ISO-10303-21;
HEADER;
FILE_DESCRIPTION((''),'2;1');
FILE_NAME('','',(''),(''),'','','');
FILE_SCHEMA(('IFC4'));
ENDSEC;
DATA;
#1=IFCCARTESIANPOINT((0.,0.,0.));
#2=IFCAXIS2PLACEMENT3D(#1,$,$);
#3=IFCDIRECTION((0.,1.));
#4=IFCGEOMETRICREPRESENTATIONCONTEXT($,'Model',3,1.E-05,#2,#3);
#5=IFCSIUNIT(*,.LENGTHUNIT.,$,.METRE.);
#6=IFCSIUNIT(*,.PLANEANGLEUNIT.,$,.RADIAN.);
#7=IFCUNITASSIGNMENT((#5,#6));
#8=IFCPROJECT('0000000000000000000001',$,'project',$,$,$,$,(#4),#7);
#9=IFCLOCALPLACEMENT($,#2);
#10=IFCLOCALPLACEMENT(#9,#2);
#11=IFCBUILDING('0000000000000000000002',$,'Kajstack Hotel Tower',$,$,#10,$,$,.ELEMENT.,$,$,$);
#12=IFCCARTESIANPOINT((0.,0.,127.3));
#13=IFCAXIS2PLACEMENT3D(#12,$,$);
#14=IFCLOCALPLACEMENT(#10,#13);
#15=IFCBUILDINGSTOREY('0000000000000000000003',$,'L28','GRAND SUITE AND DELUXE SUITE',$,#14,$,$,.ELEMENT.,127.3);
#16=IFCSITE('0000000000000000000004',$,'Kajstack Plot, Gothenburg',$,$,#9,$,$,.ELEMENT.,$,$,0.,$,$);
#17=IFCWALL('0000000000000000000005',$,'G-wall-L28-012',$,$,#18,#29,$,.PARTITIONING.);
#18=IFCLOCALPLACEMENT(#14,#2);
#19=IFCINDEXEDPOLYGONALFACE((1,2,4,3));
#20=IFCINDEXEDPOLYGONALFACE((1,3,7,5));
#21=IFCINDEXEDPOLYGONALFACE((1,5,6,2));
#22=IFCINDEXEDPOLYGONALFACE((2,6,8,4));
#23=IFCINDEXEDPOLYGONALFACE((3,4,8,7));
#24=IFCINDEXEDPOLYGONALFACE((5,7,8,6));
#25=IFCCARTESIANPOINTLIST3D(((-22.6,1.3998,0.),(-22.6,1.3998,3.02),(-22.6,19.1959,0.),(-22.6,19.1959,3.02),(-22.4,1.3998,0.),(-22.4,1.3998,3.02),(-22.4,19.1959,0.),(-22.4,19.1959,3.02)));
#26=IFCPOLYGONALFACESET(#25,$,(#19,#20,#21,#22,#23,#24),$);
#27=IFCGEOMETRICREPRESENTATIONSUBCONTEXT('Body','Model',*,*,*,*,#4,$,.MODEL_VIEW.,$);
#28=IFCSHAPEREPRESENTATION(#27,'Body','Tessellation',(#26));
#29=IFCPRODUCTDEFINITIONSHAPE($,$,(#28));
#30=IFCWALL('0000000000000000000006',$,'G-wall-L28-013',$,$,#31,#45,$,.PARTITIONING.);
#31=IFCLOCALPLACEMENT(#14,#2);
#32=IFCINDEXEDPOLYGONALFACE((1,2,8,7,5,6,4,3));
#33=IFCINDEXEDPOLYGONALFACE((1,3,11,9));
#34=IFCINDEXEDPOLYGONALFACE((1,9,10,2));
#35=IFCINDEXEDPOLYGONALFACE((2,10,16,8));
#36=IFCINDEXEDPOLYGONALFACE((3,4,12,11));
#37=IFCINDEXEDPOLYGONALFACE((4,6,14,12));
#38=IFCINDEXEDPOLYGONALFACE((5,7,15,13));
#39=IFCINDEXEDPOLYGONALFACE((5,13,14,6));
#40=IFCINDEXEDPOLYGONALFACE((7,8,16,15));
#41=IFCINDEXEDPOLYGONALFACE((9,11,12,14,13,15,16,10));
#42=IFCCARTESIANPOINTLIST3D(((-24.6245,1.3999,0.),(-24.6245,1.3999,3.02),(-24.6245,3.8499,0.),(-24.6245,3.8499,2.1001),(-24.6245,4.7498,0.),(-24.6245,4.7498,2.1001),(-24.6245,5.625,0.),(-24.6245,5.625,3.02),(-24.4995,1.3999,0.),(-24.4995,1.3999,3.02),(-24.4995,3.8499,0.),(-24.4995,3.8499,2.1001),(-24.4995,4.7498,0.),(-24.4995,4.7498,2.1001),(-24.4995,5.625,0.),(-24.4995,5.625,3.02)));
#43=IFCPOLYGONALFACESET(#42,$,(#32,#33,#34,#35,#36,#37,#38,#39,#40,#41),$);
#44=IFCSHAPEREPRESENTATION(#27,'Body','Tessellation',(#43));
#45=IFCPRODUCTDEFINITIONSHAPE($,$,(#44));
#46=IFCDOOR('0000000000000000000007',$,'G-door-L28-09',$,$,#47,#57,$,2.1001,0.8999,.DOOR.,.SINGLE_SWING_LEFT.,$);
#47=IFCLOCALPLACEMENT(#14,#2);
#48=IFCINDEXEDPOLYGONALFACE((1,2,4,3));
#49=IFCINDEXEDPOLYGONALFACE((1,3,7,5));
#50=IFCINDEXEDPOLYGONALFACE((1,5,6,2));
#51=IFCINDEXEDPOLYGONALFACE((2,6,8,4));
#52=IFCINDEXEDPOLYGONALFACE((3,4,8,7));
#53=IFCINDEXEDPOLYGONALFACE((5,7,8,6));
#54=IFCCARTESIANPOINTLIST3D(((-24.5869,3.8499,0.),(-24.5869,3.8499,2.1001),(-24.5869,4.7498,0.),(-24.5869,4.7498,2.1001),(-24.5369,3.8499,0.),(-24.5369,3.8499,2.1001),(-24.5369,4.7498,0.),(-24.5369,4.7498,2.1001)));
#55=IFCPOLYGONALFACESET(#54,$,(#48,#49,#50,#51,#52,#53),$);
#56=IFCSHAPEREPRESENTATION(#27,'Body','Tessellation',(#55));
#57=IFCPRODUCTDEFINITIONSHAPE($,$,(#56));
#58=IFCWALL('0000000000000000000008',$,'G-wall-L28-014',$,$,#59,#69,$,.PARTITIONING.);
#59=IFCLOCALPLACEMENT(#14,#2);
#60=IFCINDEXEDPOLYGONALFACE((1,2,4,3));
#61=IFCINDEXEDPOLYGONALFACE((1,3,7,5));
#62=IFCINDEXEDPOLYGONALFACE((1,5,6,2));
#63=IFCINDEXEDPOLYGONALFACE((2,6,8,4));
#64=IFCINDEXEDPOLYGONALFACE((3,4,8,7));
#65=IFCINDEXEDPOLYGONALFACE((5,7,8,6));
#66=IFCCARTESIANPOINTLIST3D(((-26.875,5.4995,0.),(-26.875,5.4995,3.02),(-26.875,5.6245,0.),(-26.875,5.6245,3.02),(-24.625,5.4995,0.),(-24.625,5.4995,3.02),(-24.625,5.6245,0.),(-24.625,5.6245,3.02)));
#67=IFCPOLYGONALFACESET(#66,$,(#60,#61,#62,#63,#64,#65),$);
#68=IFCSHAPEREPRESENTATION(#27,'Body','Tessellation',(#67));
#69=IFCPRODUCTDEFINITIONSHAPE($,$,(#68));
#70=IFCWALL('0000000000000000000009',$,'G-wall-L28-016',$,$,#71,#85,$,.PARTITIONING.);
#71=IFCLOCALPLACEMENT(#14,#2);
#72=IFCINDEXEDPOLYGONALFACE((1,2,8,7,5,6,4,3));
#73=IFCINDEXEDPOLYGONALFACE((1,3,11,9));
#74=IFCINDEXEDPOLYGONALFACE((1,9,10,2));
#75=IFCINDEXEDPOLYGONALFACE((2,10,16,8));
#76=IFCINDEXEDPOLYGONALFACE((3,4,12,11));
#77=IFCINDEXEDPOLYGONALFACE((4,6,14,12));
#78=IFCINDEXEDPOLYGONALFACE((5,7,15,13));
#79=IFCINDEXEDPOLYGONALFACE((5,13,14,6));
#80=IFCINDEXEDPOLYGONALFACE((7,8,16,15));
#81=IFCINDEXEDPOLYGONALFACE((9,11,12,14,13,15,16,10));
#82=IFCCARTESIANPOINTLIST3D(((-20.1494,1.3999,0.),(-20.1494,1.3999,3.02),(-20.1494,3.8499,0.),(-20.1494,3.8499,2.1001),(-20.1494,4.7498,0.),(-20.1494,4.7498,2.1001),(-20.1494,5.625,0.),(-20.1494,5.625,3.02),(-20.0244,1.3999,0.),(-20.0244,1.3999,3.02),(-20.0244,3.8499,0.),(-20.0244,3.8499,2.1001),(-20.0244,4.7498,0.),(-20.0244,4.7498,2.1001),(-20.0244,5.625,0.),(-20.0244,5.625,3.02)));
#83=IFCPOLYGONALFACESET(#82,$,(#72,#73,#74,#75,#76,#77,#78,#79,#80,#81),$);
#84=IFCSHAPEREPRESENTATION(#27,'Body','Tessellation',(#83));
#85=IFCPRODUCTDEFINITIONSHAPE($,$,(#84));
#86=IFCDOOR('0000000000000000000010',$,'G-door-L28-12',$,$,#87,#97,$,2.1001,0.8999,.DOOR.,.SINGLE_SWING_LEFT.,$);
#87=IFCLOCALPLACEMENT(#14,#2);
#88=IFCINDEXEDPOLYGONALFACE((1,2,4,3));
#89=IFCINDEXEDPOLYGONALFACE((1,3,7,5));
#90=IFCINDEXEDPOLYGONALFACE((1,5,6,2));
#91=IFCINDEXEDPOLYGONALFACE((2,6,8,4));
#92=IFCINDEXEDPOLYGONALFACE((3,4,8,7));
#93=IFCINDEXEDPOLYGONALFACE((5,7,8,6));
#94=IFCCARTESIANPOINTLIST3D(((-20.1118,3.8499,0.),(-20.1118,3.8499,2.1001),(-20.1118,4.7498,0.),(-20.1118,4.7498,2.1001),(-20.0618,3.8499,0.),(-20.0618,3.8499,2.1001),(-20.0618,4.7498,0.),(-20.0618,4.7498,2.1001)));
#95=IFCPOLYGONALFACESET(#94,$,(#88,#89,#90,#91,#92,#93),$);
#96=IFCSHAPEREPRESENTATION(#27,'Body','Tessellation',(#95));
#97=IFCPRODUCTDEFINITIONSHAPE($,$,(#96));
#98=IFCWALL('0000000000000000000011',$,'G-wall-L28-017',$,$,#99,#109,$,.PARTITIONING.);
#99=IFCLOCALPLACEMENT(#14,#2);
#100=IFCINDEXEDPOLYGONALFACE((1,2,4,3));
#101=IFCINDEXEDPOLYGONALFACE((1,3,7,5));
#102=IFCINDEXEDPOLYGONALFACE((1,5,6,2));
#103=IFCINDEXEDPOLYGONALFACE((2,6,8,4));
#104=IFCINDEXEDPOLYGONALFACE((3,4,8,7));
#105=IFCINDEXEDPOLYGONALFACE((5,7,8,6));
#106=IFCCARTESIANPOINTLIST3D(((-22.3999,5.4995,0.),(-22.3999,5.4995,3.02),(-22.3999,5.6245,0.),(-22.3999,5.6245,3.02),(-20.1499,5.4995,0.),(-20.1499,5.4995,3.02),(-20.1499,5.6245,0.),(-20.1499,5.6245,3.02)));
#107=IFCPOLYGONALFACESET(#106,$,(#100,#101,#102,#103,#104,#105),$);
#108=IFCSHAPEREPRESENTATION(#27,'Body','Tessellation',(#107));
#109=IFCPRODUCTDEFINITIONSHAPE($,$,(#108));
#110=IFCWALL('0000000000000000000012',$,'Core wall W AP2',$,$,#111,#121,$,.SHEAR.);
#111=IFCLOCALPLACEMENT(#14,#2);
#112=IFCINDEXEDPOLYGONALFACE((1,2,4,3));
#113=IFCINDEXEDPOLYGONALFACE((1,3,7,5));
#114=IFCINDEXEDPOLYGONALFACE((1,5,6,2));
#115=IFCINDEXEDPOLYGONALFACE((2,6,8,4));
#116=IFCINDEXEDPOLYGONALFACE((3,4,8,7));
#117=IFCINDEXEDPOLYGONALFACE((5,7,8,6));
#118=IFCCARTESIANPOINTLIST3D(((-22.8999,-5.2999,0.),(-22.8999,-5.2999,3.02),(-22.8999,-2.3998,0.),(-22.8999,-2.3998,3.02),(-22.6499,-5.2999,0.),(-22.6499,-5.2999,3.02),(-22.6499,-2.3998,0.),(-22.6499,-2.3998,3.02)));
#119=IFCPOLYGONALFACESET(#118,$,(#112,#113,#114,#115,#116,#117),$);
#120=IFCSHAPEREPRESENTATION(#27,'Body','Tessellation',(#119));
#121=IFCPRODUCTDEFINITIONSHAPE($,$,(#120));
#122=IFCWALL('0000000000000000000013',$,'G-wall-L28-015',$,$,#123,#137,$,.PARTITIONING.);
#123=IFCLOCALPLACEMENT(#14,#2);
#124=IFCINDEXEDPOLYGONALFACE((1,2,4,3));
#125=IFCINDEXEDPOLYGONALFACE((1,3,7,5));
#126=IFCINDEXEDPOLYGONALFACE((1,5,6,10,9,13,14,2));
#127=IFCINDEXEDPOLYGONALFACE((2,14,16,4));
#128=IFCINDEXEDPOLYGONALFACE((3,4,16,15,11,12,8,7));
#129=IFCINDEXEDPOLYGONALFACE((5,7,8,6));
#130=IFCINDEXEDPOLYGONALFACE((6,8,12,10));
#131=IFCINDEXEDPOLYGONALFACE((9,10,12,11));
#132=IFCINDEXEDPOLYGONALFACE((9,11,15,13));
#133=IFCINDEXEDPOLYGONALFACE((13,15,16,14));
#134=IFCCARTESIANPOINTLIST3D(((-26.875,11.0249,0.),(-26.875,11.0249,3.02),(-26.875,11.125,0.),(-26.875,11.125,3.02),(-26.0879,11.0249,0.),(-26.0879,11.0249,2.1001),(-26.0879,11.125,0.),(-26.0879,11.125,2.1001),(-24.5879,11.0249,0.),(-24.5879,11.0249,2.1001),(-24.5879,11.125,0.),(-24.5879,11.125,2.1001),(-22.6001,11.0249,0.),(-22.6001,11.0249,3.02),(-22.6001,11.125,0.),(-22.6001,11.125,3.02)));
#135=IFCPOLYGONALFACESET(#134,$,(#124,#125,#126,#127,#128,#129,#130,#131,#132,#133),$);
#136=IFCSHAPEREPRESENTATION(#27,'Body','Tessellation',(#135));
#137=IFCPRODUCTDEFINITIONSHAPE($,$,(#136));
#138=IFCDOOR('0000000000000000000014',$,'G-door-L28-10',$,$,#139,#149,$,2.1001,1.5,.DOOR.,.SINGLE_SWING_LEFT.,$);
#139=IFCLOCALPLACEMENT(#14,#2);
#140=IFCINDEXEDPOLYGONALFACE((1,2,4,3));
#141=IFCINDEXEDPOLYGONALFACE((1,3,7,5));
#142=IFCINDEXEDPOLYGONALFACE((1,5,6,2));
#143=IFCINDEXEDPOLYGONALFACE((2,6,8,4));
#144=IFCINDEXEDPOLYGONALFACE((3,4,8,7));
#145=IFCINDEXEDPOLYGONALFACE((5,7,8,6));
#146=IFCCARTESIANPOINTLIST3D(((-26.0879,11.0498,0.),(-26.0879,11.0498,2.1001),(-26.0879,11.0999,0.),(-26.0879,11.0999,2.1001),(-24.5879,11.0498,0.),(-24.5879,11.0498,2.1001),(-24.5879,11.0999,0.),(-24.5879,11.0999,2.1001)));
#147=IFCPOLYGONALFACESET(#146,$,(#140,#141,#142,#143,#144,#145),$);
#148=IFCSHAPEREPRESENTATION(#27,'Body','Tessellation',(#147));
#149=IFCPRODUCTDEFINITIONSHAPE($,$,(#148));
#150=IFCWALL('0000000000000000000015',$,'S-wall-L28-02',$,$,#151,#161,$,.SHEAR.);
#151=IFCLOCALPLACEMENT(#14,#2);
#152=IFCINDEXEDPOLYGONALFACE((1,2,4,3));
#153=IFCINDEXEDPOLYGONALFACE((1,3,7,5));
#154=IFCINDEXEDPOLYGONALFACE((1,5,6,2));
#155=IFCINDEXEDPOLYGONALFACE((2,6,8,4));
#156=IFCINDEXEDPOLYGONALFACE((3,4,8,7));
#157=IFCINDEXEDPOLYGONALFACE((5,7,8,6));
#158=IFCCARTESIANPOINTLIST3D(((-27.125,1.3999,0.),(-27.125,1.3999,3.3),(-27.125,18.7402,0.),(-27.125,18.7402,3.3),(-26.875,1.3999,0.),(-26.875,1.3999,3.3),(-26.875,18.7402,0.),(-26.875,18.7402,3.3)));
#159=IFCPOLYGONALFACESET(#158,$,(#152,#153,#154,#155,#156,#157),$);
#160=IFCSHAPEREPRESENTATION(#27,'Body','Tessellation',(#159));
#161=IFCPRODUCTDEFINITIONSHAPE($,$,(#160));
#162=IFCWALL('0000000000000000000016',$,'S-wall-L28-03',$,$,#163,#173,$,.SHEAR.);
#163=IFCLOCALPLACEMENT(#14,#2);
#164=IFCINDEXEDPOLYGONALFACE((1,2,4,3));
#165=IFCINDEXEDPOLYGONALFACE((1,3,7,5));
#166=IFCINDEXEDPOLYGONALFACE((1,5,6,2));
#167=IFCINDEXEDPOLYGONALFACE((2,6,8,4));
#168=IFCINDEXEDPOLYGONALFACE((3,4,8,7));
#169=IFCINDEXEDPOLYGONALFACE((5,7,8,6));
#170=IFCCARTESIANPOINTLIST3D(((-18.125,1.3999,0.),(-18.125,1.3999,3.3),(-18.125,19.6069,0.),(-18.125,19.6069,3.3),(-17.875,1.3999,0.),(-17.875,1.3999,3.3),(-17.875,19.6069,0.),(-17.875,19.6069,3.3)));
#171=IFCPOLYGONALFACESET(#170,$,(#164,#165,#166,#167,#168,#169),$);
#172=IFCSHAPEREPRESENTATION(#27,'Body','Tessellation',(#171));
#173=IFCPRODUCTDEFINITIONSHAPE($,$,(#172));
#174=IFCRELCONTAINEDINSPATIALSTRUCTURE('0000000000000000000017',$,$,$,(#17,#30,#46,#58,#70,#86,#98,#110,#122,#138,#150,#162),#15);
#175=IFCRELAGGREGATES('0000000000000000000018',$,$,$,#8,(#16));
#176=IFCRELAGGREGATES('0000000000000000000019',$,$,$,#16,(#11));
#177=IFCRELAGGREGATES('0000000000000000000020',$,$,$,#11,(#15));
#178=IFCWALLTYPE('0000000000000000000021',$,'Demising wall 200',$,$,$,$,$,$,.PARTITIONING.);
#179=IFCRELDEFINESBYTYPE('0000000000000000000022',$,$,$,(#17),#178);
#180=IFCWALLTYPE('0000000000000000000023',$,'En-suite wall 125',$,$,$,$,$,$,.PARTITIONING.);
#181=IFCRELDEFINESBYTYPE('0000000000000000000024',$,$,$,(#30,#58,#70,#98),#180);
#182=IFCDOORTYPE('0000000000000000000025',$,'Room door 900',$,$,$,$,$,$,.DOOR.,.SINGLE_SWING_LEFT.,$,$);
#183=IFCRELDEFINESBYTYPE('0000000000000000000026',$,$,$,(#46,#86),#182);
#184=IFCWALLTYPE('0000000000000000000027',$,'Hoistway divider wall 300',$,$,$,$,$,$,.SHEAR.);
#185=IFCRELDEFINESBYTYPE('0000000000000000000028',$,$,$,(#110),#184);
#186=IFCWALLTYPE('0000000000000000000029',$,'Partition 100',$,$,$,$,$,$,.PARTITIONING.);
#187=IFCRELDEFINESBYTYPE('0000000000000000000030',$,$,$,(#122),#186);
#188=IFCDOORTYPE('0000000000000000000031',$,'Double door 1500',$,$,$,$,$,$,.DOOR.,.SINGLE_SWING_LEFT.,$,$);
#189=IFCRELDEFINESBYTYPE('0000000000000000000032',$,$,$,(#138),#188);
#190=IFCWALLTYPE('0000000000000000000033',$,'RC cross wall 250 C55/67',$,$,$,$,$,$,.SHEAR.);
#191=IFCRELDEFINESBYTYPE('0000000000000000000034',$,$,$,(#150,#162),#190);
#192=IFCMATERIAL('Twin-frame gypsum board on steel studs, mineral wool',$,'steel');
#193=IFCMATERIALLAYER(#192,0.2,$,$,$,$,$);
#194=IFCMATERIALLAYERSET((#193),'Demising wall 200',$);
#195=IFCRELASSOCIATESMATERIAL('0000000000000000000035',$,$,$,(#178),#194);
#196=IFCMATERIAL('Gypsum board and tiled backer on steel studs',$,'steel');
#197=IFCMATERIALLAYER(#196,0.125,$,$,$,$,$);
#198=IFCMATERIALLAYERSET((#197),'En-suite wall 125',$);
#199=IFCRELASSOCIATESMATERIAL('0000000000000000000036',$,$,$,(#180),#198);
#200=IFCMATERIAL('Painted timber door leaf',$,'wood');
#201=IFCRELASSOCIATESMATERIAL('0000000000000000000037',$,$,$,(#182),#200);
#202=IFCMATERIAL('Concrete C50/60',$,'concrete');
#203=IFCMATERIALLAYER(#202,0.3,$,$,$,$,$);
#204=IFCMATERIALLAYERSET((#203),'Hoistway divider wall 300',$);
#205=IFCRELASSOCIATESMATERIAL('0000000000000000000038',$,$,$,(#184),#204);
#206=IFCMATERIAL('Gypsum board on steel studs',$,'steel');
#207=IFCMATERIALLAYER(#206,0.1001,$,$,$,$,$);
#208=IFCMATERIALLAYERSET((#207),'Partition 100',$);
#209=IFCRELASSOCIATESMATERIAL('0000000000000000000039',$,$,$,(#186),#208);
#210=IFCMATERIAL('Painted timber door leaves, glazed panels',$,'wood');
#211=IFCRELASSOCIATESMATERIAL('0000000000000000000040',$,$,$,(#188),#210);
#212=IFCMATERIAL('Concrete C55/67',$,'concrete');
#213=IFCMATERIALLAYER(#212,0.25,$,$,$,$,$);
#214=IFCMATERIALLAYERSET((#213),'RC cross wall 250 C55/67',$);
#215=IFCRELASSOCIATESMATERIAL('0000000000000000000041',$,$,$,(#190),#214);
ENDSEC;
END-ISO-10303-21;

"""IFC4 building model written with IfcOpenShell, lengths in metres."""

from ifc_helpers import new_model, si_unit, direction, frame, frame_2d, origin, place, context, subcontext, project, spatial, rectangle, extrude, material, layer, layer_set, type_object, element, fill, save


model = new_model("IFC4")

# Units and contexts
model_context = context("Model", 3, precision=1e-05, world=origin(), true_north=direction((0.0, 1.0)))
body_context = subcontext(model_context, "Body", "Model", "MODEL_VIEW")
ifc_project = project(units=[si_unit("LENGTHUNIT", "METRE"), si_unit("PLANEANGLEUNIT", "RADIAN")], contexts=[model_context])

# Site, building, storey
site_placement = place(None, origin())
site = spatial("IfcSite", under=ifc_project, at=site_placement, Name="Kajstack Plot, Gothenburg", CompositionType="ELEMENT", RefElevation=0.0)
building_placement = place(site_placement, origin())
building = spatial("IfcBuilding", under=site, at=building_placement, Name="Kajstack Hotel Tower", CompositionType="ELEMENT")
storey_placement = place(building_placement, frame((0.0, 0.0, 127.3)))
storey = spatial("IfcBuildingStorey", under=building, at=storey_placement, Name="L28", Description="GRAND SUITE AND DELUXE SUITE", CompositionType="ELEMENT", Elevation=127.3)

# Wall
ifc_material_1 = material(Name="Twin-frame gypsum board on steel studs, mineral wool", Category="steel")
ifc_layer_1 = layer(ifc_material_1, 0.2)
ifc_layer_set_1 = layer_set([ifc_layer_1], Name="Demising wall 200")
wall_type_1 = type_object("IfcWallType", Name="Demising wall 200", PredefinedType="PARTITIONING", material=ifc_layer_set_1)
wall_1_placement = place(storey_placement, frame((-22.5, 1.3999, 0.0), z_axis=(0.0, 0.0, 1.0), x_axis=(0.0, 1.0, 0.0)))
element("IfcWall", 1, at=wall_1_placement, inside=storey, type_object=wall_type_1, Name="G-wall-L28-012", PredefinedType="PARTITIONING", context=body_context, shape_type="SweptSolid", body=[
    extrude(rectangle(XDim=17.7961, YDim=0.2, at=frame_2d((8.8979, 0.0))), origin(), (0.0, 0.0, 1.0), 3.02),
])

# Wall, opening, door
ifc_material_2 = material(Name="Gypsum board and tiled backer on steel studs", Category="steel")
ifc_layer_2 = layer(ifc_material_2, 0.125)
ifc_layer_set_2 = layer_set([ifc_layer_2], Name="En-suite wall 125")
wall_type_2 = type_object("IfcWallType", Name="En-suite wall 125", PredefinedType="PARTITIONING", material=ifc_layer_set_2)
wall_2_placement = place(storey_placement, frame((-24.562, 1.3999, 0.0), z_axis=(0.0, 0.0, 1.0), x_axis=(0.0, 1.0, 0.0)))
wall_2 = element("IfcWall", 2, at=wall_2_placement, inside=storey, type_object=wall_type_2, Name="G-wall-L28-013", PredefinedType="PARTITIONING", context=body_context, shape_type="SweptSolid", body=[
    extrude(rectangle(XDim=4.2251, YDim=0.125, at=frame_2d((2.1125, 0.0))), origin(), (0.0, 0.0, 1.0), 3.02),
])
opening_1_placement = place(wall_2_placement, frame((2.45, 0.0, 0.0)))
opening_1 = element("IfcOpeningElement", 3, at=opening_1_placement, cuts=wall_2, PredefinedType="OPENING", context=body_context, shape_type="SweptSolid", body=[
    extrude(rectangle(XDim=0.8999, YDim=2.1001, at=frame_2d((0.45, 1.05))), frame((0.0, 0.0725, 0.0), z_axis=(0.0, -1.0, 0.0), x_axis=(1.0, 0.0, 0.0)), (0.0, 0.0, 1.0), 0.145),
])
ifc_material_3 = material(Name="Painted timber door leaf", Category="wood")
door_type_1 = type_object("IfcDoorType", Name="Room door 900", OperationType="SINGLE_SWING_LEFT", PredefinedType="DOOR", material=ifc_material_3)
door_1_placement = place(opening_1_placement, origin())
door_1 = element("IfcDoor", 4, at=door_1_placement, inside=storey, type_object=door_type_1, Name="G-door-L28-09", OperationType="SINGLE_SWING_LEFT", OverallHeight=2.1001, OverallWidth=0.8999, PredefinedType="DOOR", context=body_context, shape_type="SweptSolid", body=[
    extrude(rectangle(XDim=0.8999, YDim=2.1001, at=frame_2d((0.45, 1.05))), frame((0.0, 0.0249, 0.0), z_axis=(0.0, -1.0, 0.0), x_axis=(1.0, 0.0, 0.0)), (0.0, 0.0, 1.0), 0.05),
])
fill(opening_1, door_1)

# Wall
wall_3_placement = place(storey_placement, frame((-26.875, 5.562, 0.0), z_axis=(0.0, 0.0, 1.0), x_axis=(1.0, 0.0, 0.0)))
element("IfcWall", 5, at=wall_3_placement, inside=storey, type_object=wall_type_2, Name="G-wall-L28-014", PredefinedType="PARTITIONING", context=body_context, shape_type="SweptSolid", body=[
    extrude(rectangle(XDim=2.25, YDim=0.125, at=frame_2d((1.125, 0.0))), origin(), (0.0, 0.0, 1.0), 3.02),
])

# Wall, opening, door
wall_4_placement = place(storey_placement, frame((-20.0869, 1.3999, 0.0), z_axis=(0.0, 0.0, 1.0), x_axis=(0.0, 1.0, 0.0)))
wall_4 = element("IfcWall", 6, at=wall_4_placement, inside=storey, type_object=wall_type_2, Name="G-wall-L28-016", PredefinedType="PARTITIONING", context=body_context, shape_type="SweptSolid", body=[
    extrude(rectangle(XDim=4.2251, YDim=0.125, at=frame_2d((2.1125, 0.0))), origin(), (0.0, 0.0, 1.0), 3.02),
])
opening_2_placement = place(wall_4_placement, frame((2.45, 0.0, 0.0)))
opening_2 = element("IfcOpeningElement", 7, at=opening_2_placement, cuts=wall_4, PredefinedType="OPENING", context=body_context, shape_type="SweptSolid", body=[
    extrude(rectangle(XDim=0.8999, YDim=2.1001, at=frame_2d((0.45, 1.05))), frame((0.0, 0.0725, 0.0), z_axis=(0.0, -1.0, 0.0), x_axis=(1.0, 0.0, 0.0)), (0.0, 0.0, 1.0), 0.145),
])
door_2_placement = place(opening_2_placement, origin())
door_2 = element("IfcDoor", 8, at=door_2_placement, inside=storey, type_object=door_type_1, Name="G-door-L28-12", OperationType="SINGLE_SWING_LEFT", OverallHeight=2.1001, OverallWidth=0.8999, PredefinedType="DOOR", context=body_context, shape_type="SweptSolid", body=[
    extrude(rectangle(XDim=0.8999, YDim=2.1001, at=frame_2d((0.45, 1.05))), frame((0.0, 0.0249, 0.0), z_axis=(0.0, -1.0, 0.0), x_axis=(1.0, 0.0, 0.0)), (0.0, 0.0, 1.0), 0.05),
])
fill(opening_2, door_2)

# Walls
wall_5_placement = place(storey_placement, frame((-22.3999, 5.562, 0.0), z_axis=(0.0, 0.0, 1.0), x_axis=(1.0, 0.0, 0.0)))
element("IfcWall", 9, at=wall_5_placement, inside=storey, type_object=wall_type_2, Name="G-wall-L28-017", PredefinedType="PARTITIONING", context=body_context, shape_type="SweptSolid", body=[
    extrude(rectangle(XDim=2.25, YDim=0.125, at=frame_2d((1.125, 0.0))), origin(), (0.0, 0.0, 1.0), 3.02),
])
ifc_material_4 = material(Name="Concrete C50/60", Category="concrete")
ifc_layer_3 = layer(ifc_material_4, 0.3)
ifc_layer_set_3 = layer_set([ifc_layer_3], Name="Hoistway divider wall 300")
wall_type_3 = type_object("IfcWallType", Name="Hoistway divider wall 300", PredefinedType="SHEAR", material=ifc_layer_set_3)
wall_6_placement = place(storey_placement, frame((-22.7749, -5.3, 0.0), z_axis=(0.0, 0.0, 1.0), x_axis=(0.0, 1.0, 0.0)))
element("IfcWall", 10, at=wall_6_placement, inside=storey, type_object=wall_type_3, Name="Core wall W AP2", PredefinedType="SHEAR", context=body_context, shape_type="SweptSolid", body=[
    extrude(rectangle(XDim=2.9001, YDim=0.25, at=frame_2d((1.4502, 0.0))), origin(), (0.0, 0.0, 1.0), 3.02),
])

# Wall, opening, door
ifc_material_5 = material(Name="Gypsum board on steel studs", Category="steel")
ifc_layer_4 = layer(ifc_material_5, 0.1001)
ifc_layer_set_4 = layer_set([ifc_layer_4], Name="Partition 100")
wall_type_4 = type_object("IfcWallType", Name="Partition 100", PredefinedType="PARTITIONING", material=ifc_layer_set_4)
wall_7_placement = place(storey_placement, frame((-26.875, 11.075, 0.0), z_axis=(0.0, 0.0, 1.0), x_axis=(1.0, 0.0, 0.0)))
wall_7 = element("IfcWall", 11, at=wall_7_placement, inside=storey, type_object=wall_type_4, Name="G-wall-L28-015", PredefinedType="PARTITIONING", context=body_context, shape_type="SweptSolid", body=[
    extrude(rectangle(XDim=4.2749, YDim=0.1001, at=frame_2d((2.1375, 0.0))), origin(), (0.0, 0.0, 1.0), 3.02),
])
opening_3_placement = place(wall_7_placement, frame((0.7871, 0.0, 0.0)))
opening_3 = element("IfcOpeningElement", 12, at=opening_3_placement, cuts=wall_7, PredefinedType="OPENING", context=body_context, shape_type="SweptSolid", body=[
    extrude(rectangle(XDim=1.5, YDim=2.1001, at=frame_2d((0.75, 1.05))), frame((0.0, 0.0601, 0.0), z_axis=(0.0, -1.0, 0.0), x_axis=(1.0, 0.0, 0.0)), (0.0, 0.0, 1.0), 0.1201),
])
ifc_material_6 = material(Name="Painted timber door leaves, glazed panels", Category="wood")
door_type_2 = type_object("IfcDoorType", Name="Double door 1500", OperationType="SINGLE_SWING_LEFT", PredefinedType="DOOR", material=ifc_material_6)
door_3_placement = place(opening_3_placement, origin())
door_3 = element("IfcDoor", 13, at=door_3_placement, inside=storey, type_object=door_type_2, Name="G-door-L28-10", OperationType="SINGLE_SWING_LEFT", OverallHeight=2.1001, OverallWidth=1.5, PredefinedType="DOOR", context=body_context, shape_type="SweptSolid", body=[
    extrude(rectangle(XDim=1.5, YDim=2.1001, at=frame_2d((0.75, 1.05))), frame((0.0, 0.0249, 0.0), z_axis=(0.0, -1.0, 0.0), x_axis=(1.0, 0.0, 0.0)), (0.0, 0.0, 1.0), 0.05),
])
fill(opening_3, door_3)

# Walls
ifc_material_7 = material(Name="Concrete C55/67", Category="concrete")
ifc_layer_5 = layer(ifc_material_7, 0.25)
ifc_layer_set_5 = layer_set([ifc_layer_5], Name="RC cross wall 250 C55/67")
wall_type_5 = type_object("IfcWallType", Name="RC cross wall 250 C55/67", PredefinedType="SHEAR", material=ifc_layer_set_5)
wall_8_placement = place(storey_placement, frame((-27.0, 1.3999, 0.0), z_axis=(0.0, 0.0, 1.0), x_axis=(0.0, 1.0, 0.0)))
element("IfcWall", 14, at=wall_8_placement, inside=storey, type_object=wall_type_5, Name="S-wall-L28-02", PredefinedType="SHEAR", context=body_context, shape_type="SweptSolid", body=[
    extrude(rectangle(XDim=17.3403, YDim=0.25, at=frame_2d((8.6702, 0.0))), origin(), (0.0, 0.0, 1.0), 3.3),
])
wall_9_placement = place(storey_placement, frame((-18.0, 1.3999, 0.0), z_axis=(0.0, 0.0, 1.0), x_axis=(0.0, 1.0, 0.0)))
element("IfcWall", 15, at=wall_9_placement, inside=storey, type_object=wall_type_5, Name="S-wall-L28-03", PredefinedType="SHEAR", context=body_context, shape_type="SweptSolid", body=[
    extrude(rectangle(XDim=18.207, YDim=0.25, at=frame_2d((9.1035, 0.0))), origin(), (0.0, 0.0, 1.0), 3.3),
])

save(model, "model.ifc")
